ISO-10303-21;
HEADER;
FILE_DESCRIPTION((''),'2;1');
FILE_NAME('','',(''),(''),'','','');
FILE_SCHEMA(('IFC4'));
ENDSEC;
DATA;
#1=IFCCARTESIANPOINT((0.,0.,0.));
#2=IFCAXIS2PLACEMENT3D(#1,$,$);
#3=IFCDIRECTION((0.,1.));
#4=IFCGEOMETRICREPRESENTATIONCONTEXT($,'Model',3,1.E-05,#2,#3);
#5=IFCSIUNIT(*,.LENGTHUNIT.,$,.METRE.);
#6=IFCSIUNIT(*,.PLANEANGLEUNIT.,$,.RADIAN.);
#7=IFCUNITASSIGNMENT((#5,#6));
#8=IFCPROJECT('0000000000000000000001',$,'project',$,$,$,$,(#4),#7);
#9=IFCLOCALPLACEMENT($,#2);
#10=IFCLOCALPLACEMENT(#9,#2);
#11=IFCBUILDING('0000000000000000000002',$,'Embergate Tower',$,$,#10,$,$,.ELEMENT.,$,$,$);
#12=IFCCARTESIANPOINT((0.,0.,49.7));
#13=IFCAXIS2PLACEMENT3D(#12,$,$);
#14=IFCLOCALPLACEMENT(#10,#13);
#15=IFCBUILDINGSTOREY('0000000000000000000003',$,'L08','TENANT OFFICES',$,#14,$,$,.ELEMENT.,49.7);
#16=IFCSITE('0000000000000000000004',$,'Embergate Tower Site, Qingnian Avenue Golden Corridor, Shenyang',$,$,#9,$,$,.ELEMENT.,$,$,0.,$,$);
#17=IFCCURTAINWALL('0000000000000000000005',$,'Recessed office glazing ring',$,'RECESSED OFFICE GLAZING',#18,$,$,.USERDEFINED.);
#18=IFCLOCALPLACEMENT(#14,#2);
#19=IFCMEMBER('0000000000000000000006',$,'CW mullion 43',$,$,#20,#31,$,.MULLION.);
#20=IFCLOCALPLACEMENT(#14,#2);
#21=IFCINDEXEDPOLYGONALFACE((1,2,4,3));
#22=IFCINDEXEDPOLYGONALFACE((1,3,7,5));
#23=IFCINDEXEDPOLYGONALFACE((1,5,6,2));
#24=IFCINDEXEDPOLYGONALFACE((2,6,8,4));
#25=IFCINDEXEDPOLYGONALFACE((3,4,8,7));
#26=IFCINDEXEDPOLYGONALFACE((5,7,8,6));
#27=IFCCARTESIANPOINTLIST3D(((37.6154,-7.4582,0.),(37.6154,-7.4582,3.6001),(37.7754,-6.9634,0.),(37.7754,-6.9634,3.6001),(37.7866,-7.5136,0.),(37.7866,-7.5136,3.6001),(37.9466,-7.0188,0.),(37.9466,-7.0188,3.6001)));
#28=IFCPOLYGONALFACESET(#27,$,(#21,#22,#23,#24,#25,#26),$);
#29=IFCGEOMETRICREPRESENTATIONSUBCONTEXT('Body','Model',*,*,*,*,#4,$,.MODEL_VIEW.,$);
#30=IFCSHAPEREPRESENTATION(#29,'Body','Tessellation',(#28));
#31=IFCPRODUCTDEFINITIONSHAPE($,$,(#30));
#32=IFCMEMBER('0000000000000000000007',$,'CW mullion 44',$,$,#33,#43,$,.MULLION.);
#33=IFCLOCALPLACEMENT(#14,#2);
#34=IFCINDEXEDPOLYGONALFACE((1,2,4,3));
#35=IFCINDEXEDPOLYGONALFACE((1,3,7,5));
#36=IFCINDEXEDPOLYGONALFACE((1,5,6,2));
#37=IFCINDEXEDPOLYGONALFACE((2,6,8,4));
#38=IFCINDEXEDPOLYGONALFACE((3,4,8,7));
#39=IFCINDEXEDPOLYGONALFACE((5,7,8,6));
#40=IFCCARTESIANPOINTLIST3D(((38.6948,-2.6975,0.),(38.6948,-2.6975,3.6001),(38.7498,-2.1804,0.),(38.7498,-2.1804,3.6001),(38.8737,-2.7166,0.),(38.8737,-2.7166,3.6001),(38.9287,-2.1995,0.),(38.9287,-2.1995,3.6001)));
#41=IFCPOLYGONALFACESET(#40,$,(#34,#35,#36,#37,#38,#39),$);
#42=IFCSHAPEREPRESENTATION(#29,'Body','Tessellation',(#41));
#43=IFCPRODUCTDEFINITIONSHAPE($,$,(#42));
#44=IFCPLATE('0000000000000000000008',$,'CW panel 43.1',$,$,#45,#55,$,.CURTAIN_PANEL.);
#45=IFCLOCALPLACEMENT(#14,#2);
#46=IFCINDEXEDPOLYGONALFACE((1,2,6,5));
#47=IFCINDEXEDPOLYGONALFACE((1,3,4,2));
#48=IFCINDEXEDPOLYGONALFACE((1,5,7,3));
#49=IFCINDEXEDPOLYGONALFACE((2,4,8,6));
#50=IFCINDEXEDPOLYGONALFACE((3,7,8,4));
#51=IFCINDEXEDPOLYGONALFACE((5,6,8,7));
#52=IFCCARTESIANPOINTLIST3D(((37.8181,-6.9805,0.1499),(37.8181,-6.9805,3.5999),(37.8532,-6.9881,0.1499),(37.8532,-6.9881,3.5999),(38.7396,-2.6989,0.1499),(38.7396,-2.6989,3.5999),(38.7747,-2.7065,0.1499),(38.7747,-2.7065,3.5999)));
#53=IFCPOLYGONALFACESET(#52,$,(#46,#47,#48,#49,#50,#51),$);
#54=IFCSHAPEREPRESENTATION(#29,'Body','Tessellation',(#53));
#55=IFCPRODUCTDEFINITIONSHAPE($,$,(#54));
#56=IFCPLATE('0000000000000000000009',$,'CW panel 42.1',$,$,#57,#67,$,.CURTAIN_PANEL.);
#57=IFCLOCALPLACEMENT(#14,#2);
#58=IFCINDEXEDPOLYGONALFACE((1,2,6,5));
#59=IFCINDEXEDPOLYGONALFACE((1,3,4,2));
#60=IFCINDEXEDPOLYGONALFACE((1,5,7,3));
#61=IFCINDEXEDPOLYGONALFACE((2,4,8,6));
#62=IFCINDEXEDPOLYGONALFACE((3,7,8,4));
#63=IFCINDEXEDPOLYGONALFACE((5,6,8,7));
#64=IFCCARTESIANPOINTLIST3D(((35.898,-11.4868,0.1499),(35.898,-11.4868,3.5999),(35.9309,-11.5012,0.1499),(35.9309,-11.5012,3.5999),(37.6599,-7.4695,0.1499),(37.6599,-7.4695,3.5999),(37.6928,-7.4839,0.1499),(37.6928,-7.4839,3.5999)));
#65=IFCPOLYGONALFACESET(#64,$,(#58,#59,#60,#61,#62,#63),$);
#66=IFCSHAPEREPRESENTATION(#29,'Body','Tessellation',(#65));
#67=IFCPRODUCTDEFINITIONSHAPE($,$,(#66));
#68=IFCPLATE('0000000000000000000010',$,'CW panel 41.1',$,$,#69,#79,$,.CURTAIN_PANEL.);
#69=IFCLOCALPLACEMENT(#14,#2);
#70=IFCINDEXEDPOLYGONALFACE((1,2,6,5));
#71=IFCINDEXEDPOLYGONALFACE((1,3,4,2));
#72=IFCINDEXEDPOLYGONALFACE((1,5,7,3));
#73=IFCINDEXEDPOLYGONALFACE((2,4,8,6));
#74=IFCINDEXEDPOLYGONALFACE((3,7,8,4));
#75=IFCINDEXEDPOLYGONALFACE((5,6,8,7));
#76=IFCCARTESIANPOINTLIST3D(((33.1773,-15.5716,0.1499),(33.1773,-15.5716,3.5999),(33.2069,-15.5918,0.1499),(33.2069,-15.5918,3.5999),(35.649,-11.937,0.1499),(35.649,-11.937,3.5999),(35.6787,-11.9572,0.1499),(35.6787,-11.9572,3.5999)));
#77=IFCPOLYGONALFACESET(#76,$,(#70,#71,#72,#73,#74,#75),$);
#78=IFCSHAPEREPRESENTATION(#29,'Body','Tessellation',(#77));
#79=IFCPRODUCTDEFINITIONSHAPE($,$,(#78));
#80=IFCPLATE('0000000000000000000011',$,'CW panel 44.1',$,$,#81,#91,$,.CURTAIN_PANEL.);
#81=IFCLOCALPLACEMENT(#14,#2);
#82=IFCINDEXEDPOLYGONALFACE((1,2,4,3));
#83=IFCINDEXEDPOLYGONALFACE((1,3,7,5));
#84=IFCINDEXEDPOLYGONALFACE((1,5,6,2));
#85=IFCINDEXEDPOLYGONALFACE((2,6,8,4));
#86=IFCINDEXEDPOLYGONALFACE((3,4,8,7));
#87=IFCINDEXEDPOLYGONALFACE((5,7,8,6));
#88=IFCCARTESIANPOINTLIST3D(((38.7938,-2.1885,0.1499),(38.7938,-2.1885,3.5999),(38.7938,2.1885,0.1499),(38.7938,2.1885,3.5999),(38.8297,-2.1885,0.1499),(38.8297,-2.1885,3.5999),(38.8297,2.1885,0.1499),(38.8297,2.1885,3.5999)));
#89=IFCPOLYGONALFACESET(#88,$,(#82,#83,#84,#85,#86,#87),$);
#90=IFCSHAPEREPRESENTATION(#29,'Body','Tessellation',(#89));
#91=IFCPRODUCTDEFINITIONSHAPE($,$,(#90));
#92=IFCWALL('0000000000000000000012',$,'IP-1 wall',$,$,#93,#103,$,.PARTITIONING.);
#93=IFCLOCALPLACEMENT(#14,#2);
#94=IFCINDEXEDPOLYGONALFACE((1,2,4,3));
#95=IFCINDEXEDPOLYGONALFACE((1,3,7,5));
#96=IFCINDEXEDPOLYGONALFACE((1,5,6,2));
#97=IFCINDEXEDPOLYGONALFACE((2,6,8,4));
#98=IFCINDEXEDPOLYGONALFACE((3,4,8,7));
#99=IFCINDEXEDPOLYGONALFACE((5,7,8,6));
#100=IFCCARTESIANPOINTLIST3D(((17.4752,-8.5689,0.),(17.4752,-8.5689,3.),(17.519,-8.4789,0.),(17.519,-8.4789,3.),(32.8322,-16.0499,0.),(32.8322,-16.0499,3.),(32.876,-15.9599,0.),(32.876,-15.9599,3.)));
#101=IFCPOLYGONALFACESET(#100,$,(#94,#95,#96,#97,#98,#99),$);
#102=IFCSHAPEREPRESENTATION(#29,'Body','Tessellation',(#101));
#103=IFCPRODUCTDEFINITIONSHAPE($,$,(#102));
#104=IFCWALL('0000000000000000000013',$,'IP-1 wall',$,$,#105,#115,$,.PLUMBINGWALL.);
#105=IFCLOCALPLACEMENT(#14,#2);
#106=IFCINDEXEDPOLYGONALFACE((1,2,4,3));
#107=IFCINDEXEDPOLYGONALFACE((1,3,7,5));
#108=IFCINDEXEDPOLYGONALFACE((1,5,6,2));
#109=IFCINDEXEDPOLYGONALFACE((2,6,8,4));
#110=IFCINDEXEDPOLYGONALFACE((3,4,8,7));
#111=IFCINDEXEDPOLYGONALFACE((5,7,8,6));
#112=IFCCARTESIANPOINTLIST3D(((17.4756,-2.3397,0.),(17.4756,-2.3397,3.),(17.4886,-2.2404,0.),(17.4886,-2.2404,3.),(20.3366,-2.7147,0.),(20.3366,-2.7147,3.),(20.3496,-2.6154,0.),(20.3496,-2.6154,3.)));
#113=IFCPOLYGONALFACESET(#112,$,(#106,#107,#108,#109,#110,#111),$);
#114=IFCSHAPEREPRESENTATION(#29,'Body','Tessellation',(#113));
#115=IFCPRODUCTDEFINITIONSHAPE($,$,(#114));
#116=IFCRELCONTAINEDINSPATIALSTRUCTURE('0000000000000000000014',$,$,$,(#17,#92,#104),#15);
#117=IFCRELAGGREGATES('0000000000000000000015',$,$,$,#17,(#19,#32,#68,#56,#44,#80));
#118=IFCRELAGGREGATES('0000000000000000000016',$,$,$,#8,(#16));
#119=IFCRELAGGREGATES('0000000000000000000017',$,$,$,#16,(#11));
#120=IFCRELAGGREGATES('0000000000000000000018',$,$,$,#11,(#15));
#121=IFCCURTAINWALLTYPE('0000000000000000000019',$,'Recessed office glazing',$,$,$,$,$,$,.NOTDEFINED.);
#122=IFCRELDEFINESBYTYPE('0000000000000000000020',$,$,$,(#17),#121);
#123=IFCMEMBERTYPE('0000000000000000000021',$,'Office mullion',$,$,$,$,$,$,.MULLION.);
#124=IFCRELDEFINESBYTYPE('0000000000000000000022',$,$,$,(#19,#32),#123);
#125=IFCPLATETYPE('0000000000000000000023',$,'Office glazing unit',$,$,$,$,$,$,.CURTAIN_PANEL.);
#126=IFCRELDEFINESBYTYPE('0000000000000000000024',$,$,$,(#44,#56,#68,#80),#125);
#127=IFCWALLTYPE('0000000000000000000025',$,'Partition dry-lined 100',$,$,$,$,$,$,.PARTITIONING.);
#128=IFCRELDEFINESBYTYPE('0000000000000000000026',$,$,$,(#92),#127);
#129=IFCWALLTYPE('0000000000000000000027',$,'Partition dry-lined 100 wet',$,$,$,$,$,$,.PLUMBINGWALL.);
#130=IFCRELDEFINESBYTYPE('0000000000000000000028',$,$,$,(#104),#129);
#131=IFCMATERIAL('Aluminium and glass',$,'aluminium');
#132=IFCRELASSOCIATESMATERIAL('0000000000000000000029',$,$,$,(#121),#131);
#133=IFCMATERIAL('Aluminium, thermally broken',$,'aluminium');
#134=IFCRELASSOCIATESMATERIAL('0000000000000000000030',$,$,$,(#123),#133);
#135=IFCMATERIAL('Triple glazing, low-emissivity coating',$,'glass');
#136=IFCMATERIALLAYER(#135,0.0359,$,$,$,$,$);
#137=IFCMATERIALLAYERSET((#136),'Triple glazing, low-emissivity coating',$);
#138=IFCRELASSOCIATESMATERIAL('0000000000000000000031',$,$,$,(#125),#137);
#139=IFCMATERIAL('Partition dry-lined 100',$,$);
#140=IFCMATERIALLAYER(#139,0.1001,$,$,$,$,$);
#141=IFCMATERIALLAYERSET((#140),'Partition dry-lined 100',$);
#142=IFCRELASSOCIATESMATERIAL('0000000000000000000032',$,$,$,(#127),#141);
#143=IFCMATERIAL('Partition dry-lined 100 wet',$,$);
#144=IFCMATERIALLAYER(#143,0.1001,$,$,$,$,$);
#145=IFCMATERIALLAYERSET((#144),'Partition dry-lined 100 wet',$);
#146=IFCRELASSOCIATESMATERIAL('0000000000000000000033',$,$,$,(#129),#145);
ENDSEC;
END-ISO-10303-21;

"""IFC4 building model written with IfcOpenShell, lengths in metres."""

from ifc_helpers import new_model, si_unit, direction, frame, frame_2d, origin, origin_2d, place, context, subcontext, project, spatial, rectangle, extrude, source, transform, mapped, material, layer, layer_set, material_profile, profile_set, type_object, element, aggregate, save


model = new_model("IFC4")

# Units and contexts
model_context = context("Model", 3, precision=1e-05, world=origin(), true_north=direction((0.0, 1.0)))
body_context = subcontext(model_context, "Body", "Model", "MODEL_VIEW")
ifc_project = project(units=[si_unit("LENGTHUNIT", "METRE"), si_unit("PLANEANGLEUNIT", "RADIAN")], contexts=[model_context])

# Site, building, storey
site_placement = place(None, origin())
site = spatial("IfcSite", under=ifc_project, at=site_placement, Name="Embergate Tower Site, Qingnian Avenue Golden Corridor, Shenyang", CompositionType="ELEMENT", RefElevation=0.0)
building_placement = place(site_placement, origin())
building = spatial("IfcBuilding", under=site, at=building_placement, Name="Embergate Tower", CompositionType="ELEMENT")
storey_placement = place(building_placement, frame((0.0, 0.0, 49.7)))
storey = spatial("IfcBuildingStorey", under=building, at=storey_placement, Name="L08", Description="TENANT OFFICES", CompositionType="ELEMENT", Elevation=49.7)

# Curtain wall, members, plates
ifc_material_1 = material(Name="Aluminium and glass", Category="aluminium")
curtain_wall_type = type_object("IfcCurtainWallType", Name="Recessed office glazing", PredefinedType="NOTDEFINED", material=ifc_material_1)
curtain_wall_placement = place(storey_placement, origin())
curtain_wall = element("IfcCurtainWall", 1, at=curtain_wall_placement, inside=storey, type_object=curtain_wall_type, Name="Recessed office glazing ring", ObjectType="RECESSED OFFICE GLAZING", PredefinedType="USERDEFINED")
ifc_material_2 = material(Name="Aluminium, thermally broken", Category="aluminium")
ifc_material_profile_1 = material_profile(ifc_material_2, rectangle(XDim=0.1799, YDim=0.52, at=origin_2d()), Name="AL 520x180")
ifc_profile_set_1 = profile_set([ifc_material_profile_1], Name="Aluminium, thermally broken")
member_type_1 = type_object("IfcMemberType", Name="Office mullion", PredefinedType="MULLION", material=ifc_profile_set_1)
shared_shape_1 = source(origin(), body_context, "Body", "SweptSolid", [
    extrude(rectangle(XDim=0.1799, YDim=0.52, at=origin_2d()), origin(), (0.0, 0.0, 1.0), 3.6001),
])
member_1_placement = place(storey_placement, frame((37.781, -7.2385, 0.0), z_axis=(0.0, 0.0, 1.0), x_axis=(-0.951499, 0.307651, 0.0)))
member_1 = element("IfcMember", 2, at=member_1_placement, type_object=member_type_1, Name="CW mullion 43", PredefinedType="MULLION", context=body_context, shape_type="MappedRepresentation", body=[
    mapped(shared_shape_1, transform((0.0, 0.0, 0.0))),
])
member_2_placement = place(storey_placement, frame((38.8118, -2.4485, 0.0), z_axis=(0.0, 0.0, 1.0), x_axis=(-0.994385, 0.105822, 0.0)))
member_2 = element("IfcMember", 3, at=member_2_placement, type_object=member_type_1, Name="CW mullion 44", PredefinedType="MULLION", context=body_context, shape_type="MappedRepresentation", body=[
    mapped(shared_shape_1, transform((0.0, 0.0, 0.0))),
])
ifc_material_3 = material(Name="Triple glazing, low-emissivity coating", Category="glass")
ifc_layer_1 = layer(ifc_material_3, 0.0359)
ifc_layer_set_1 = layer_set([ifc_layer_1], Name="Triple glazing, low-emissivity coating")
plate_type = type_object("IfcPlateType", Name="Office glazing unit", PredefinedType="CURTAIN_PANEL", material=ifc_layer_set_1)
shared_shape_2 = source(origin(), body_context, "Body", "SweptSolid", [
    extrude(rectangle(XDim=4.3796, YDim=0.0359, at=origin_2d()), origin(), (0.0, 0.0, 1.0), 3.45),
])
plate_1_placement = place(storey_placement, frame((38.2964, -4.8435, 0.1499), z_axis=(0.0, 0.0, 1.0), x_axis=(0.210398, 0.977616, 0.0)))
plate_1 = element("IfcPlate", 4, at=plate_1_placement, type_object=plate_type, Name="CW panel 43.1", PredefinedType="CURTAIN_PANEL", context=body_context, shape_type="MappedRepresentation", body=[
    mapped(shared_shape_2, transform((0.0, 0.0, 0.0))),
])
shared_shape_3 = source(origin(), body_context, "Body", "SweptSolid", [
    extrude(rectangle(XDim=4.3867, YDim=0.0359, at=origin_2d()), origin(), (0.0, 0.0, 1.0), 3.45),
])
plate_2_placement = place(storey_placement, frame((36.7954, -9.4854, 0.1499), z_axis=(0.0, 0.0, 1.0), x_axis=(0.401652, 0.915792, 0.0)))
plate_2 = element("IfcPlate", 5, at=plate_2_placement, type_object=plate_type, Name="CW panel 42.1", PredefinedType="CURTAIN_PANEL", context=body_context, shape_type="MappedRepresentation", body=[
    mapped(shared_shape_3, transform((0.0, 0.0, 0.0))),
])
shared_shape_4 = source(origin(), body_context, "Body", "SweptSolid", [
    extrude(rectangle(XDim=4.3955, YDim=0.0359, at=origin_2d()), origin(), (0.0, 0.0, 1.0), 3.45),
])
plate_3_placement = place(storey_placement, frame((34.428, -13.7644, 0.1499), z_axis=(0.0, 0.0, 1.0), x_axis=(0.562342, 0.826905, 0.0)))
plate_3 = element("IfcPlate", 6, at=plate_3_placement, type_object=plate_type, Name="CW panel 41.1", PredefinedType="CURTAIN_PANEL", context=body_context, shape_type="MappedRepresentation", body=[
    mapped(shared_shape_4, transform((0.0, 0.0, 0.0))),
])
shared_shape_5 = source(origin(), body_context, "Body", "SweptSolid", [
    extrude(rectangle(XDim=4.377, YDim=0.0359, at=origin_2d()), origin(), (0.0, 0.0, 1.0), 3.45),
])
plate_4_placement = place(storey_placement, frame((38.8118, 0.0, 0.1499), z_axis=(0.0, 0.0, 1.0), x_axis=(0.0, 1.0, 0.0)))
plate_4 = element("IfcPlate", 7, at=plate_4_placement, type_object=plate_type, Name="CW panel 44.1", PredefinedType="CURTAIN_PANEL", context=body_context, shape_type="MappedRepresentation", body=[
    mapped(shared_shape_5, transform((0.0, 0.0, 0.0))),
])
aggregate(curtain_wall, [member_1, member_2, plate_3, plate_2, plate_1, plate_4])

# Walls
ifc_material_4 = material(Name="Partition dry-lined 100")
ifc_layer_2 = layer(ifc_material_4, 0.1001)
ifc_layer_set_2 = layer_set([ifc_layer_2], Name="Partition dry-lined 100")
wall_type_1 = type_object("IfcWallType", Name="Partition dry-lined 100", PredefinedType="PARTITIONING", material=ifc_layer_set_2)
shared_shape_6 = source(origin(), body_context, "Body", "SweptSolid", [
    extrude(rectangle(XDim=17.0823, YDim=0.1001, at=frame_2d((8.541, 0.0))), origin(), (0.0, 0.0, 1.0), 3.0),
])
wall_1_placement = place(storey_placement, frame((32.854, -16.0049, 0.0), z_axis=(0.0, 0.0, 1.0), x_axis=(-0.899004, 0.43794, 0.0)))
element("IfcWall", 8, at=wall_1_placement, inside=storey, type_object=wall_type_1, Name="IP-1 wall", PredefinedType="PARTITIONING", context=body_context, shape_type="MappedRepresentation", body=[
    mapped(shared_shape_6, transform((0.0, 0.0, 0.0))),
])
ifc_material_5 = material(Name="Partition dry-lined 100 wet")
ifc_layer_3 = layer(ifc_material_5, 0.1001)
ifc_layer_set_3 = layer_set([ifc_layer_3], Name="Partition dry-lined 100 wet")
wall_type_2 = type_object("IfcWallType", Name="Partition dry-lined 100 wet", PredefinedType="PLUMBINGWALL", material=ifc_layer_set_3)
shared_shape_7 = source(origin(), body_context, "Body", "SweptSolid", [
    extrude(rectangle(XDim=2.8855, YDim=0.1001, at=frame_2d((1.4429, 0.0))), origin(), (0.0, 0.0, 1.0), 3.0),
])
wall_2_placement = place(storey_placement, frame((17.4819, -2.29, 0.0), z_axis=(0.0, 0.0, 1.0), x_axis=(0.99152, -0.129958, 0.0)))
element("IfcWall", 9, at=wall_2_placement, inside=storey, type_object=wall_type_2, Name="IP-1 wall", PredefinedType="PLUMBINGWALL", context=body_context, shape_type="MappedRepresentation", body=[
    mapped(shared_shape_7, transform((0.0, 0.0, 0.0))),
])

save(model, "model.ifc")
